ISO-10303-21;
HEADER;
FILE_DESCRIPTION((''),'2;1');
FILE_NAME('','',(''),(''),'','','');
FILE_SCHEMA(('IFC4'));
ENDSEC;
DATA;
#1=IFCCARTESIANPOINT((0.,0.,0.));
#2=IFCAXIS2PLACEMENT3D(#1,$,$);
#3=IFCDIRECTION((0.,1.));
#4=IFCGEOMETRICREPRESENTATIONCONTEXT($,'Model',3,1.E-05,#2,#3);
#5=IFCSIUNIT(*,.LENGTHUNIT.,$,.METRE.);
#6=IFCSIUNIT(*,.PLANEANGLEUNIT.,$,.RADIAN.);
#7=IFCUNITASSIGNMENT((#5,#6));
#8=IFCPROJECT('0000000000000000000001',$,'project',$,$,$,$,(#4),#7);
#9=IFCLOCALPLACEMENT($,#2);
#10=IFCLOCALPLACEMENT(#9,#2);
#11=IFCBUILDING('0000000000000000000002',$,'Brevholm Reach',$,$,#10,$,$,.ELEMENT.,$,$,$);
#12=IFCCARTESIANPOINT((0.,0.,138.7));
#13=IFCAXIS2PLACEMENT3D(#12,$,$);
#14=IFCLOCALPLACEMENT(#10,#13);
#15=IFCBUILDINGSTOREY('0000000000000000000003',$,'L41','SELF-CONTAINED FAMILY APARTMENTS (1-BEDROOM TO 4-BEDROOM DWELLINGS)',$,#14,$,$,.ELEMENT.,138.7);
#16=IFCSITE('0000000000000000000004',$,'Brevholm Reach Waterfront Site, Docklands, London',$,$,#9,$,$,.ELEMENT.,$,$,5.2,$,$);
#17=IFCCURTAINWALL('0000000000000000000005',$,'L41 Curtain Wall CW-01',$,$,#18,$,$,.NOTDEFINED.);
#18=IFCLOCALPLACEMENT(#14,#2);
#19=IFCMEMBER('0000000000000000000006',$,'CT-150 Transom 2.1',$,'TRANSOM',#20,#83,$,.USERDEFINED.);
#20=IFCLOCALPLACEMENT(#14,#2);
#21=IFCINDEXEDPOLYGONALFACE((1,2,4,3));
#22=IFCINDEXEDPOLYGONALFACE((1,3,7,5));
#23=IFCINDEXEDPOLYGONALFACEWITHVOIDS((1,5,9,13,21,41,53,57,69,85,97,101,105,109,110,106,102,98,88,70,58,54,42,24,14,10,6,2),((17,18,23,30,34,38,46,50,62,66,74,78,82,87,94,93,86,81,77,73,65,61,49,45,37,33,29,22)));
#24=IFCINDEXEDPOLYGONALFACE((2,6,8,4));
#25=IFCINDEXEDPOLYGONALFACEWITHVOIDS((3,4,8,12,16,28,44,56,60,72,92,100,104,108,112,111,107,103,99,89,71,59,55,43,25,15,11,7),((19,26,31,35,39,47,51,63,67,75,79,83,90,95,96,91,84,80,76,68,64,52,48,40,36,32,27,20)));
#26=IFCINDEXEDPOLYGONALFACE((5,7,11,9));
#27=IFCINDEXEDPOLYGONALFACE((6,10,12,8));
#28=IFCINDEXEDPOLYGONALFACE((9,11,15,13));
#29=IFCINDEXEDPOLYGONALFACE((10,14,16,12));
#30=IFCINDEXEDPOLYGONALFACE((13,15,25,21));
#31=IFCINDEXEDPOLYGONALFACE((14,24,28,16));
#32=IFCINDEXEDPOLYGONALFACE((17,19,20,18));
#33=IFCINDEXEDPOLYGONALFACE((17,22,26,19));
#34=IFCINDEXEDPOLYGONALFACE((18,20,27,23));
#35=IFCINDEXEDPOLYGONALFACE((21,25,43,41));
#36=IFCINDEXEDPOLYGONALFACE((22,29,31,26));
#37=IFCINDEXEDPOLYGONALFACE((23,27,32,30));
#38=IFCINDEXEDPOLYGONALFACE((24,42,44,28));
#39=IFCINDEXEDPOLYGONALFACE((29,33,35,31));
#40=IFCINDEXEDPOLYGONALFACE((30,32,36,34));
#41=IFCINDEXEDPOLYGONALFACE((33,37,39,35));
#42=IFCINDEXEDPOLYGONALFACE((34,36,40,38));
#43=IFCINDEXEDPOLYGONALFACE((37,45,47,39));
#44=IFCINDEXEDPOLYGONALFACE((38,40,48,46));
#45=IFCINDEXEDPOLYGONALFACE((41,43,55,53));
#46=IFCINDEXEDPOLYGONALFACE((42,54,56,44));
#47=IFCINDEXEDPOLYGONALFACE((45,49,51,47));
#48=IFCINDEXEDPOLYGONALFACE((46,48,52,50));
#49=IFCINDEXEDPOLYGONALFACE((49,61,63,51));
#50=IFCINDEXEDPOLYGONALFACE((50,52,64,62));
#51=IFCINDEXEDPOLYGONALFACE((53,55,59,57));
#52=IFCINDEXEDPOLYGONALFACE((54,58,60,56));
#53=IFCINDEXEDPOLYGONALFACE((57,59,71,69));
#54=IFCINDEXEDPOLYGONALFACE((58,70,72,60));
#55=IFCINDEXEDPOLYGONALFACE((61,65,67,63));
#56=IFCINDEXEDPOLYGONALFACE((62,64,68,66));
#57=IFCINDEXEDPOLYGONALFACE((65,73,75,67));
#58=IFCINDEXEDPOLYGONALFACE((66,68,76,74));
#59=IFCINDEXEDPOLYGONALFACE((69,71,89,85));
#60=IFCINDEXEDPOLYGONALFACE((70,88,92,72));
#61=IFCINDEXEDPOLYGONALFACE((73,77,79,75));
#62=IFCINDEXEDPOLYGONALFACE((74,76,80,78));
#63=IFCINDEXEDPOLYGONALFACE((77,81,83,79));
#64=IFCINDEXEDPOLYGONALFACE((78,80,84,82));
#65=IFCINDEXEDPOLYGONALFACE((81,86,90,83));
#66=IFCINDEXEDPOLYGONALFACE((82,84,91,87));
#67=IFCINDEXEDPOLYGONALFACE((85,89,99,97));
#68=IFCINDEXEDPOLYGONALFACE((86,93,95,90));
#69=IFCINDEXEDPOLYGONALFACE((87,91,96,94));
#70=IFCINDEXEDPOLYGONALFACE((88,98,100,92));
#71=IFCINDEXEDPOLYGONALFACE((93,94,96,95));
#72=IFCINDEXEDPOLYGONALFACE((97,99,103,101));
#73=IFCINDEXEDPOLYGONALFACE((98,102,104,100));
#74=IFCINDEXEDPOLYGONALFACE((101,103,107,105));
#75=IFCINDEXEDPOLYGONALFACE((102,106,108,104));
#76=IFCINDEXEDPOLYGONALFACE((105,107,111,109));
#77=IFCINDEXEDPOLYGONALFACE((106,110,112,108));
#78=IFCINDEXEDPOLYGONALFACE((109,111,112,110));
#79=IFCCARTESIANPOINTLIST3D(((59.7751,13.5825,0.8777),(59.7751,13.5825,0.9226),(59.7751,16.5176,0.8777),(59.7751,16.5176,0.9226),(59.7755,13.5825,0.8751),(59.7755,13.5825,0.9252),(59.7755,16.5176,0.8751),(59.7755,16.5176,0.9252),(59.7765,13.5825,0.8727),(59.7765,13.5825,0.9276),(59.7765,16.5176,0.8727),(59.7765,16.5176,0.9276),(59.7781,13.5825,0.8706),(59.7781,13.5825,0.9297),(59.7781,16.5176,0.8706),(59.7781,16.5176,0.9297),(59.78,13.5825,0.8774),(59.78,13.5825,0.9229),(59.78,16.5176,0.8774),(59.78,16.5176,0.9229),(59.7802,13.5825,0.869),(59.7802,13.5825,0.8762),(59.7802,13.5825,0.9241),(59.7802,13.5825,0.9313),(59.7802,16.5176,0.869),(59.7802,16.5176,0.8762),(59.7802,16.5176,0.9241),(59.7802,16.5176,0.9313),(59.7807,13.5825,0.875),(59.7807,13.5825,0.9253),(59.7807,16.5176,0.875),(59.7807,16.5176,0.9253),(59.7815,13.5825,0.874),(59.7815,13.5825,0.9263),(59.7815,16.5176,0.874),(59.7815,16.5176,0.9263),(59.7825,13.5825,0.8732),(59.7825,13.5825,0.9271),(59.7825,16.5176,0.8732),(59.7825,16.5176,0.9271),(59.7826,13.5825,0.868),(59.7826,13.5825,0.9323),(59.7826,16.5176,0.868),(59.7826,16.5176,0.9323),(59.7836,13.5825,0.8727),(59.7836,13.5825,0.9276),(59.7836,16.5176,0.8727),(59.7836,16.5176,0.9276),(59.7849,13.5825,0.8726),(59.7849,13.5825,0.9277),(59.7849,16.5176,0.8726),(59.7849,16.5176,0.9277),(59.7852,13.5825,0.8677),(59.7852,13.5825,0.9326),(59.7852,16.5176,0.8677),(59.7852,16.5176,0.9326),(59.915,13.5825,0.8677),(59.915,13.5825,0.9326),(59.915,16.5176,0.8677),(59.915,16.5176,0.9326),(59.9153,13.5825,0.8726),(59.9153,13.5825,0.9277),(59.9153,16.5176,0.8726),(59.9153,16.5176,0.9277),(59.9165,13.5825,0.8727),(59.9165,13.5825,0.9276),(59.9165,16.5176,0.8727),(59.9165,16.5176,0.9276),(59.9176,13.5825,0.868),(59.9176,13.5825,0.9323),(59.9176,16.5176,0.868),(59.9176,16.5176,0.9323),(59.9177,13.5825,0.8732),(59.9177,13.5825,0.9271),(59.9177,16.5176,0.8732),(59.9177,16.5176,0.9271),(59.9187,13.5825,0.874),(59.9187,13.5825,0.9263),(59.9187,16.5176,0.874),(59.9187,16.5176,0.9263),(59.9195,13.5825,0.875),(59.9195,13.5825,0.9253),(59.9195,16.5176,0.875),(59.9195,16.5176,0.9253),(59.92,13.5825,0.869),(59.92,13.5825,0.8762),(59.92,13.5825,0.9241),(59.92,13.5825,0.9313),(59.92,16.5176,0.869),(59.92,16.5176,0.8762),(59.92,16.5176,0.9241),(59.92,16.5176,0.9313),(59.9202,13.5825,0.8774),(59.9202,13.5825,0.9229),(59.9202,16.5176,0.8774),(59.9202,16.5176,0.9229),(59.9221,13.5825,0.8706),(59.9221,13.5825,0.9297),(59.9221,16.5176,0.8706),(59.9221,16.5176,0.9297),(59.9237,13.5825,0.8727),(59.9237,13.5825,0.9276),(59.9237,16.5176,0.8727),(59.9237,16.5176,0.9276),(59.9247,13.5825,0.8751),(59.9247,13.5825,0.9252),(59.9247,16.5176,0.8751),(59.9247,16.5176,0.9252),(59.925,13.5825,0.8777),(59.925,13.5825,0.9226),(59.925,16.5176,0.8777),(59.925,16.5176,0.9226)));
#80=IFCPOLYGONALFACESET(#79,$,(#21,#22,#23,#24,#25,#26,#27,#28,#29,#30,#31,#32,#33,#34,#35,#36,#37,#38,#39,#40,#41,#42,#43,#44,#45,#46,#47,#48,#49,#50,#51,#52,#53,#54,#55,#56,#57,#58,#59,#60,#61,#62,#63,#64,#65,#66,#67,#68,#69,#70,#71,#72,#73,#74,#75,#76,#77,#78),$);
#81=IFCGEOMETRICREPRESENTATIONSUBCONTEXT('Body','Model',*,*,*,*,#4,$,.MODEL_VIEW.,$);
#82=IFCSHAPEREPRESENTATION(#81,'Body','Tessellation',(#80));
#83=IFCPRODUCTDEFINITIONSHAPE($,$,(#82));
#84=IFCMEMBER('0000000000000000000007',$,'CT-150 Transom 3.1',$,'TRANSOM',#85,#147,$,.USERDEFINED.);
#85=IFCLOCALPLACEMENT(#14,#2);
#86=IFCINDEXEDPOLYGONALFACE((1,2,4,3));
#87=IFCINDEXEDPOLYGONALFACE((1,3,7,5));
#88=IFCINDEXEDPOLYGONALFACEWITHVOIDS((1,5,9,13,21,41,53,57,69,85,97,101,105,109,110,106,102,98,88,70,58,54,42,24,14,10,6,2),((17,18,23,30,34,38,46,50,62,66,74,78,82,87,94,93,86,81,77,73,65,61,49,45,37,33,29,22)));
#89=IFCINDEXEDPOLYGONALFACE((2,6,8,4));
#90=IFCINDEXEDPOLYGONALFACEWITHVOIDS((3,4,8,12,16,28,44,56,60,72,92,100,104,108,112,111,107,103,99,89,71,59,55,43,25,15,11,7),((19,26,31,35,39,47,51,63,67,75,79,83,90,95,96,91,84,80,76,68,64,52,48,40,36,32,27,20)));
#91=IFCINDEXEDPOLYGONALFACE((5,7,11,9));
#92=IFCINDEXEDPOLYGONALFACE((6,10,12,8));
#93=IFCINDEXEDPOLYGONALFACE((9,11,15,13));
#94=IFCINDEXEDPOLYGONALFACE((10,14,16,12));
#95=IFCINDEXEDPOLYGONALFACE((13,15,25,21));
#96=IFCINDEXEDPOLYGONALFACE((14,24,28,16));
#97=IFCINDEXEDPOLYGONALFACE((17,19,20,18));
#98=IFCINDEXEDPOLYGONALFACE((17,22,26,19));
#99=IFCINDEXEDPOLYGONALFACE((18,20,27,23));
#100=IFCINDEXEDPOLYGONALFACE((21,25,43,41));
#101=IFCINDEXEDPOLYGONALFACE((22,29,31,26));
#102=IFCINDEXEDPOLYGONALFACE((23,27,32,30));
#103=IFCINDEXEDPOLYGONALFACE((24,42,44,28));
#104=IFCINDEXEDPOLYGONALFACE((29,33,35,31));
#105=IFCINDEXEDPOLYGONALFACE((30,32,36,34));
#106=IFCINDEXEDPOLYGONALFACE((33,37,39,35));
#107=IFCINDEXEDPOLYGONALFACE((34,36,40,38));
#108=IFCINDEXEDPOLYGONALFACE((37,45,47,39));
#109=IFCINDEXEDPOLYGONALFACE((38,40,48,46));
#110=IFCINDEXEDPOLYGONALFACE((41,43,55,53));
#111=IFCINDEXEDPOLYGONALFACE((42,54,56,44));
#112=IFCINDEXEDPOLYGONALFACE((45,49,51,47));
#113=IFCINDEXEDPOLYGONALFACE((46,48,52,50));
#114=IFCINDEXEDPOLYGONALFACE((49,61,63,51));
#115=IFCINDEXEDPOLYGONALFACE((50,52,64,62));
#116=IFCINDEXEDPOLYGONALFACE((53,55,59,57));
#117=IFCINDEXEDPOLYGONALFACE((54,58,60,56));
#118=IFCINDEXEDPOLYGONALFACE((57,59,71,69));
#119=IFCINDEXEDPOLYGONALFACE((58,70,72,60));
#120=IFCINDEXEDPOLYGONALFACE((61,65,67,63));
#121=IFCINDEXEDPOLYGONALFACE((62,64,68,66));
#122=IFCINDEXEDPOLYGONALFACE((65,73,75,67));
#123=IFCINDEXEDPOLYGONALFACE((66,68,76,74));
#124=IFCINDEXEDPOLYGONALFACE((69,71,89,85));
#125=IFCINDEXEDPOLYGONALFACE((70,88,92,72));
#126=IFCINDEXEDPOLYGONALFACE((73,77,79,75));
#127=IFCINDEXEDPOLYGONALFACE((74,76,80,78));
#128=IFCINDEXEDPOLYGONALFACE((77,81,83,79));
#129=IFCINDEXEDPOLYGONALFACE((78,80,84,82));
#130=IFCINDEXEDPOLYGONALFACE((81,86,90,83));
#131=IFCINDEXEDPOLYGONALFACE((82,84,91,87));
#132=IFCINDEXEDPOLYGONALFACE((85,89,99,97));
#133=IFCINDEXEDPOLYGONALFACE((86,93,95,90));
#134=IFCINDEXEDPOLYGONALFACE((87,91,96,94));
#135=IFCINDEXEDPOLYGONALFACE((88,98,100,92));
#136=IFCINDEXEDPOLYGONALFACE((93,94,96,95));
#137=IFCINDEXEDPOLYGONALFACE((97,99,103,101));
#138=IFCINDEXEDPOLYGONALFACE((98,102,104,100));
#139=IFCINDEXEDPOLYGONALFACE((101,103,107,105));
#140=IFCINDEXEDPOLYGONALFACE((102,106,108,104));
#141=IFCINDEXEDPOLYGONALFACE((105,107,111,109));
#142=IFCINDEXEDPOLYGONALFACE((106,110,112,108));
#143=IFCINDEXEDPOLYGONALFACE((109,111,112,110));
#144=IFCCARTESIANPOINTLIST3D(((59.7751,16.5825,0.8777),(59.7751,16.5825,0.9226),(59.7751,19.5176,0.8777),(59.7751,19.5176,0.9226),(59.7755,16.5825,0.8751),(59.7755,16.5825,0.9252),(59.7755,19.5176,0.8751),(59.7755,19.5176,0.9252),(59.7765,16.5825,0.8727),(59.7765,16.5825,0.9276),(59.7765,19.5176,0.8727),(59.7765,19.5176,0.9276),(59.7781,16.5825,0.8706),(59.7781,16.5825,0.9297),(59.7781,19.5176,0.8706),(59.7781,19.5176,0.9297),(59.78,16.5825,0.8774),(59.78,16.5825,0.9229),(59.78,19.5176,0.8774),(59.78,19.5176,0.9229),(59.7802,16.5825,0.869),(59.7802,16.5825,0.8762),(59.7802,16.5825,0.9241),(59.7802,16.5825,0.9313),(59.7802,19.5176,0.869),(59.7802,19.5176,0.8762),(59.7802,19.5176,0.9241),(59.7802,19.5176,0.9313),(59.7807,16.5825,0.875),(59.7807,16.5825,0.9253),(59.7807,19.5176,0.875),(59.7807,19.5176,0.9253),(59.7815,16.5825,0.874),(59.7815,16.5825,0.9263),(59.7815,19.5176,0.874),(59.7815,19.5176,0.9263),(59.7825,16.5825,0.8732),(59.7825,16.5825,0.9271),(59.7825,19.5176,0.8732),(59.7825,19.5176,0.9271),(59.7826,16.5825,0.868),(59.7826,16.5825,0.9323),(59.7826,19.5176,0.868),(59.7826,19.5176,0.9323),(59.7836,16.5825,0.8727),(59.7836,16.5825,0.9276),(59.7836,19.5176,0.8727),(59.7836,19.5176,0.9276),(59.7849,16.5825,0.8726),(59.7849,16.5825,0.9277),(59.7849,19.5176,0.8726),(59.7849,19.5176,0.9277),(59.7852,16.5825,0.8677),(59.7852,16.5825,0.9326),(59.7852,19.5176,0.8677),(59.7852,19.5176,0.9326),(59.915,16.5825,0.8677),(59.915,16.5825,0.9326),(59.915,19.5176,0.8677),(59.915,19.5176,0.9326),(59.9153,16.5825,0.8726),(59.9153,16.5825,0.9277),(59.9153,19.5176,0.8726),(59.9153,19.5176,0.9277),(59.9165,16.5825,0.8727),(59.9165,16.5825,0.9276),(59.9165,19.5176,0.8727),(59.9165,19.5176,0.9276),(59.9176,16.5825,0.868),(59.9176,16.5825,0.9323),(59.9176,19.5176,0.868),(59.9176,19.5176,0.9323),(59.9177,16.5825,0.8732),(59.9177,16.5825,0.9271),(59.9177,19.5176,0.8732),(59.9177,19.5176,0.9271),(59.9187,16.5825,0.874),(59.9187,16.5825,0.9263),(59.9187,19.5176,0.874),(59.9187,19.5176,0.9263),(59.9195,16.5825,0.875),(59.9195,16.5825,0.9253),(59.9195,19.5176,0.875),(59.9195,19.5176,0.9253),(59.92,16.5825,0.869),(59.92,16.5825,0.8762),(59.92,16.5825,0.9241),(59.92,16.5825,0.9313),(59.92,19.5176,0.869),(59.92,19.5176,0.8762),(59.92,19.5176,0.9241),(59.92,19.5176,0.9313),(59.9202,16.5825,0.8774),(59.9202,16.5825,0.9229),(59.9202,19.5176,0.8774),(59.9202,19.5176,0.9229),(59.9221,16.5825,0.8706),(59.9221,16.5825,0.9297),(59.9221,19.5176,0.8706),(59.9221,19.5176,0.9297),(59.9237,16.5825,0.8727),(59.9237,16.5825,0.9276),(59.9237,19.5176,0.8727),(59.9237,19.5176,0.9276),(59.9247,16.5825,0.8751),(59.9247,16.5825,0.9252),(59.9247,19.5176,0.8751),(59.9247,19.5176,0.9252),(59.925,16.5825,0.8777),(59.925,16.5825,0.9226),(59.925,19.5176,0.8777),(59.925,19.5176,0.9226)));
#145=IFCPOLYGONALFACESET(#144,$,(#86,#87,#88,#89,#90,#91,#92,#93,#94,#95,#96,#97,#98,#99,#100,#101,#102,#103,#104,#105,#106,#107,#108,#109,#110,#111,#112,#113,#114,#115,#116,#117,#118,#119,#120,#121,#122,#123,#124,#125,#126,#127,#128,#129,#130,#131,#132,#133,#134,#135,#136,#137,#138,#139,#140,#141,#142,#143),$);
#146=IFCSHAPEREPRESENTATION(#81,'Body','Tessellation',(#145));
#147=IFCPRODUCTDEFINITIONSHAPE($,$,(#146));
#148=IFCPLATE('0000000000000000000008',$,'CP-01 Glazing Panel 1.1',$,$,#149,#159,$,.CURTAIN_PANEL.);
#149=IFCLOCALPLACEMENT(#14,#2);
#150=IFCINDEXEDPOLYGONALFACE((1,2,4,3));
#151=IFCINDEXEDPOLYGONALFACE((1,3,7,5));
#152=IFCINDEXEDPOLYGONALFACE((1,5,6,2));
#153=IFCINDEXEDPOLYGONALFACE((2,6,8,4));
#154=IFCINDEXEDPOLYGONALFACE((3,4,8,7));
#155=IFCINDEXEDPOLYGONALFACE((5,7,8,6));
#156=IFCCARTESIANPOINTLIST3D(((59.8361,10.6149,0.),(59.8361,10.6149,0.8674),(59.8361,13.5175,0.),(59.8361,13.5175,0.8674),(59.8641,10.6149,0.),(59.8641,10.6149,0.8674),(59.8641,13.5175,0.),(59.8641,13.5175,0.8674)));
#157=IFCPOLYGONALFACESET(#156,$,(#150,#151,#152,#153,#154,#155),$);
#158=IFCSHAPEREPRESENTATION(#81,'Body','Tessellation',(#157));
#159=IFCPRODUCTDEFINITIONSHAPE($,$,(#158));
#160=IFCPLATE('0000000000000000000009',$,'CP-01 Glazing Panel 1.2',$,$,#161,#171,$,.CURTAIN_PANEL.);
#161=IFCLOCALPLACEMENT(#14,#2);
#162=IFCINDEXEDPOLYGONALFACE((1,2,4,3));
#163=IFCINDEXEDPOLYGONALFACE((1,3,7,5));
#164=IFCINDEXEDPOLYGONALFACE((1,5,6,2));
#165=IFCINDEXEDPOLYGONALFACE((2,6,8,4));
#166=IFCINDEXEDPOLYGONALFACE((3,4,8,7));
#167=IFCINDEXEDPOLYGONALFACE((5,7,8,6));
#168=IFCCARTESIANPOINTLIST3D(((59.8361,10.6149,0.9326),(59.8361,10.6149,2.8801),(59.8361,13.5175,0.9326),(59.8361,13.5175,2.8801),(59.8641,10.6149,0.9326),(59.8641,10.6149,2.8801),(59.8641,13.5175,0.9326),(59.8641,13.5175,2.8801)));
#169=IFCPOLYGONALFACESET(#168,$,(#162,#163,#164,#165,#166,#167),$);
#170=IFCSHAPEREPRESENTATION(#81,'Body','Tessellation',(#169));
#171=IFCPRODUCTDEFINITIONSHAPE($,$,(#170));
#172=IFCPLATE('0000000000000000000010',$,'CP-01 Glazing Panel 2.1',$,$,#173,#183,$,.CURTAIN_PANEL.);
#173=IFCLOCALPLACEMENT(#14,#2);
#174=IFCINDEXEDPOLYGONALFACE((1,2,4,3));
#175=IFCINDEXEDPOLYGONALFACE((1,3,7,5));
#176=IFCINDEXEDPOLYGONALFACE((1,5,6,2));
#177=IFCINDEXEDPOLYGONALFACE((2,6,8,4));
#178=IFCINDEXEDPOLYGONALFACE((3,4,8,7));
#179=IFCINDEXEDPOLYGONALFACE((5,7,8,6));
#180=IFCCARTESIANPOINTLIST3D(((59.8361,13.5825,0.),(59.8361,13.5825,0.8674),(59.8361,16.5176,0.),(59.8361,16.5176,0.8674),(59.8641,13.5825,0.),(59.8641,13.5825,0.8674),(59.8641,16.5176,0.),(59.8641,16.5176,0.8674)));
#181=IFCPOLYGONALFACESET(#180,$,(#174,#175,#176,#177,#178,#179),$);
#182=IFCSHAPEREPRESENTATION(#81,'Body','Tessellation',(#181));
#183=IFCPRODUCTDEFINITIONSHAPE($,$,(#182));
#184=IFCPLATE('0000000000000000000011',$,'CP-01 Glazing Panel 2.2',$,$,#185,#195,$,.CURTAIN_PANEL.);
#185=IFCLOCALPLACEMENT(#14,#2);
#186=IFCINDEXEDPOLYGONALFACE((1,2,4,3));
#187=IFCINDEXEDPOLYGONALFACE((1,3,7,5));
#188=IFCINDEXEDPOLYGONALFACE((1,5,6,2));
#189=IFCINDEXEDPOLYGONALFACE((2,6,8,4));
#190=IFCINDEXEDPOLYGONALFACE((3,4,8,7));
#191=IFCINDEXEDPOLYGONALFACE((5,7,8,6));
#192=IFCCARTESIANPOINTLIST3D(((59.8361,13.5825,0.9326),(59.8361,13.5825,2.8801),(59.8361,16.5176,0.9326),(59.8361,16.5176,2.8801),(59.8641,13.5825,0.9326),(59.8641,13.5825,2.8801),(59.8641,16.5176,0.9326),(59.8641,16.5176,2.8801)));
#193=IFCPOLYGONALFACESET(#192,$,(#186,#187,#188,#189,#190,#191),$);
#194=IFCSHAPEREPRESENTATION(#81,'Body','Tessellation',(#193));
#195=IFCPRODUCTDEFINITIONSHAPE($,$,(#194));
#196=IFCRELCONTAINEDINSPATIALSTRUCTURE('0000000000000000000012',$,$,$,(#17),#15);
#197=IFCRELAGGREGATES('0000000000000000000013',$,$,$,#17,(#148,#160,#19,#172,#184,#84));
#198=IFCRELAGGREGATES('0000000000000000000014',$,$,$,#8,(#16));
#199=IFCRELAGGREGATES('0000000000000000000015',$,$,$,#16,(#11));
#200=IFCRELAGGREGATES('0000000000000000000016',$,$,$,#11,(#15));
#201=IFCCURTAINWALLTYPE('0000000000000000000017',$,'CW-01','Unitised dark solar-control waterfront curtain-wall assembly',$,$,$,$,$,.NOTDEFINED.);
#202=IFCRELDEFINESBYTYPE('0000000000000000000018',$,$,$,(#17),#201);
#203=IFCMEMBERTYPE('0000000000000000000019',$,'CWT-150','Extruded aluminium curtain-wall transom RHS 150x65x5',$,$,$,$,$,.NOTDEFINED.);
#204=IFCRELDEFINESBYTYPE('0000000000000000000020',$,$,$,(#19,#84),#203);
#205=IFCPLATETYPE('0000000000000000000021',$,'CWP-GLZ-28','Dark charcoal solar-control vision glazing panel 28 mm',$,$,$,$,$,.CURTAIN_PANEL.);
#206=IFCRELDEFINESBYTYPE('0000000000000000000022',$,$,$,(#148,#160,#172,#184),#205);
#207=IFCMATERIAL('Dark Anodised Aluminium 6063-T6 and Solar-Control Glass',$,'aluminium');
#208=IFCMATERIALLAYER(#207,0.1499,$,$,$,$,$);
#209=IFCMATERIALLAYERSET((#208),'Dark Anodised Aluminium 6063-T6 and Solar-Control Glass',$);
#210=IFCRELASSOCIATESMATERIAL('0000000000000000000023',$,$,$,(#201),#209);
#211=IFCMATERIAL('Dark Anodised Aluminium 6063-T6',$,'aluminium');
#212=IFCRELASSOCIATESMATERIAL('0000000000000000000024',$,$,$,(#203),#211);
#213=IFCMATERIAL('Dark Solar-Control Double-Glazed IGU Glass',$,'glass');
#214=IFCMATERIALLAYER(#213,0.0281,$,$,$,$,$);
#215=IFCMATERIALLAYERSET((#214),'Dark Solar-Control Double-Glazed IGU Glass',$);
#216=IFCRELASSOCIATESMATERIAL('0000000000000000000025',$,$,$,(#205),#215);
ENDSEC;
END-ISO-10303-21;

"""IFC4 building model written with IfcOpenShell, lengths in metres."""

from ifc_helpers import new_model, si_unit, direction, frame, origin, origin_2d, place, context, subcontext, project, spatial, rectangle, hollow_rectangle, extrude, material, layer, layer_set, material_profile, profile_set, type_object, element, aggregate, save


model = new_model("IFC4")

# Units and contexts
model_context = context("Model", 3, precision=1e-05, world=origin(), true_north=direction((0.0, 1.0)))
body_context = subcontext(model_context, "Body", "Model", "MODEL_VIEW")
ifc_project = project(units=[si_unit("LENGTHUNIT", "METRE"), si_unit("PLANEANGLEUNIT", "RADIAN")], contexts=[model_context])

# Site, building, storey
site_placement = place(None, origin())
site = spatial("IfcSite", under=ifc_project, at=site_placement, Name="Brevholm Reach Waterfront Site, Docklands, London", CompositionType="ELEMENT", RefElevation=5.2)
building_placement = place(site_placement, origin())
building = spatial("IfcBuilding", under=site, at=building_placement, Name="Brevholm Reach", CompositionType="ELEMENT")
storey_placement = place(building_placement, frame((0.0, 0.0, 138.7)))
storey = spatial("IfcBuildingStorey", under=building, at=storey_placement, Name="L41", Description="SELF-CONTAINED FAMILY APARTMENTS (1-BEDROOM TO 4-BEDROOM DWELLINGS)", CompositionType="ELEMENT", Elevation=138.7)

# Curtain wall, members, plates
ifc_material_1 = material(Name="Dark Anodised Aluminium 6063-T6 and Solar-Control Glass", Category="aluminium")
ifc_layer_1 = layer(ifc_material_1, 0.1499)
ifc_layer_set_1 = layer_set([ifc_layer_1], Name="Dark Anodised Aluminium 6063-T6 and Solar-Control Glass")
curtain_wall_type = type_object("IfcCurtainWallType", Name="CW-01", Description="Unitised dark solar-control waterfront curtain-wall assembly", PredefinedType="NOTDEFINED", material=ifc_layer_set_1)
curtain_wall_placement = place(storey_placement, origin())
curtain_wall = element("IfcCurtainWall", 1, at=curtain_wall_placement, inside=storey, type_object=curtain_wall_type, Name="L41 Curtain Wall CW-01", PredefinedType="NOTDEFINED")
ifc_material_2 = material(Name="Dark Anodised Aluminium 6063-T6", Category="aluminium")
ifc_material_profile_1 = material_profile(ifc_material_2, hollow_rectangle(XDim=0.0649, YDim=0.1499, WallThickness=0.0049, InnerFilletRadius=0.0049, OuterFilletRadius=0.01, at=origin_2d()), Name="RHS 150x65x5")
ifc_profile_set_1 = profile_set([ifc_material_profile_1], Name="Dark Anodised Aluminium 6063-T6")
member_type_1 = type_object("IfcMemberType", Name="CWT-150", Description="Extruded aluminium curtain-wall transom RHS 150x65x5", PredefinedType="NOTDEFINED", material=ifc_profile_set_1)
member_1_placement = place(storey_placement, frame((59.8501, 13.5825, 0.9001), z_axis=(0.0, 1.0, 0.0), x_axis=(0.0, 0.0, 1.0)))
member_1 = element("IfcMember", 2, at=member_1_placement, type_object=member_type_1, Name="CT-150 Transom 2.1", ObjectType="TRANSOM", PredefinedType="USERDEFINED", context=body_context, shape_type="SweptSolid", body=[
    extrude(hollow_rectangle(XDim=0.0649, YDim=0.1499, WallThickness=0.0049, InnerFilletRadius=0.0049, OuterFilletRadius=0.01, at=origin_2d()), origin(), (0.0, 0.0, 1.0), 2.9351),
])
member_2_placement = place(storey_placement, frame((59.8501, 16.5825, 0.9001), z_axis=(0.0, 1.0, 0.0), x_axis=(0.0, 0.0, 1.0)))
member_2 = element("IfcMember", 3, at=member_2_placement, type_object=member_type_1, Name="CT-150 Transom 3.1", ObjectType="TRANSOM", PredefinedType="USERDEFINED", context=body_context, shape_type="SweptSolid", body=[
    extrude(hollow_rectangle(XDim=0.0649, YDim=0.1499, WallThickness=0.0049, InnerFilletRadius=0.0049, OuterFilletRadius=0.01, at=origin_2d()), origin(), (0.0, 0.0, 1.0), 2.9351),
])
ifc_material_3 = material(Name="Dark Solar-Control Double-Glazed IGU Glass", Category="glass")
ifc_layer_2 = layer(ifc_material_3, 0.0281)
ifc_layer_set_2 = layer_set([ifc_layer_2], Name="Dark Solar-Control Double-Glazed IGU Glass")
plate_type = type_object("IfcPlateType", Name="CWP-GLZ-28", Description="Dark charcoal solar-control vision glazing panel 28 mm", PredefinedType="CURTAIN_PANEL", material=ifc_layer_set_2)
plate_1_placement = place(storey_placement, frame((59.8501, 12.0662, 0.0), z_axis=(0.0, 0.0, 1.0), x_axis=(0.0, 1.0, 0.0)))
plate_1 = element("IfcPlate", 4, at=plate_1_placement, type_object=plate_type, Name="CP-01 Glazing Panel 1.1", PredefinedType="CURTAIN_PANEL", context=body_context, shape_type="SweptSolid", body=[
    extrude(rectangle(XDim=2.9026, YDim=0.0281, at=origin_2d()), origin(), (0.0, 0.0, 1.0), 0.8674),
])
plate_2_placement = place(storey_placement, frame((59.8501, 12.0662, 0.9326), z_axis=(0.0, 0.0, 1.0), x_axis=(0.0, 1.0, 0.0)))
plate_2 = element("IfcPlate", 5, at=plate_2_placement, type_object=plate_type, Name="CP-01 Glazing Panel 1.2", PredefinedType="CURTAIN_PANEL", context=body_context, shape_type="SweptSolid", body=[
    extrude(rectangle(XDim=2.9026, YDim=0.0281, at=origin_2d()), origin(), (0.0, 0.0, 1.0), 1.9475),
])
plate_3_placement = place(storey_placement, frame((59.8501, 15.05, 0.0), z_axis=(0.0, 0.0, 1.0), x_axis=(0.0, 1.0, 0.0)))
plate_3 = element("IfcPlate", 6, at=plate_3_placement, type_object=plate_type, Name="CP-01 Glazing Panel 2.1", PredefinedType="CURTAIN_PANEL", context=body_context, shape_type="SweptSolid", body=[
    extrude(rectangle(XDim=2.9351, YDim=0.0281, at=origin_2d()), origin(), (0.0, 0.0, 1.0), 0.8674),
])
plate_4_placement = place(storey_placement, frame((59.8501, 15.05, 0.9326), z_axis=(0.0, 0.0, 1.0), x_axis=(0.0, 1.0, 0.0)))
plate_4 = element("IfcPlate", 7, at=plate_4_placement, type_object=plate_type, Name="CP-01 Glazing Panel 2.2", PredefinedType="CURTAIN_PANEL", context=body_context, shape_type="SweptSolid", body=[
    extrude(rectangle(XDim=2.9351, YDim=0.0281, at=origin_2d()), origin(), (0.0, 0.0, 1.0), 1.9475),
])
aggregate(curtain_wall, [plate_1, plate_2, member_1, plate_3, plate_4, member_2])

save(model, "model.ifc")
